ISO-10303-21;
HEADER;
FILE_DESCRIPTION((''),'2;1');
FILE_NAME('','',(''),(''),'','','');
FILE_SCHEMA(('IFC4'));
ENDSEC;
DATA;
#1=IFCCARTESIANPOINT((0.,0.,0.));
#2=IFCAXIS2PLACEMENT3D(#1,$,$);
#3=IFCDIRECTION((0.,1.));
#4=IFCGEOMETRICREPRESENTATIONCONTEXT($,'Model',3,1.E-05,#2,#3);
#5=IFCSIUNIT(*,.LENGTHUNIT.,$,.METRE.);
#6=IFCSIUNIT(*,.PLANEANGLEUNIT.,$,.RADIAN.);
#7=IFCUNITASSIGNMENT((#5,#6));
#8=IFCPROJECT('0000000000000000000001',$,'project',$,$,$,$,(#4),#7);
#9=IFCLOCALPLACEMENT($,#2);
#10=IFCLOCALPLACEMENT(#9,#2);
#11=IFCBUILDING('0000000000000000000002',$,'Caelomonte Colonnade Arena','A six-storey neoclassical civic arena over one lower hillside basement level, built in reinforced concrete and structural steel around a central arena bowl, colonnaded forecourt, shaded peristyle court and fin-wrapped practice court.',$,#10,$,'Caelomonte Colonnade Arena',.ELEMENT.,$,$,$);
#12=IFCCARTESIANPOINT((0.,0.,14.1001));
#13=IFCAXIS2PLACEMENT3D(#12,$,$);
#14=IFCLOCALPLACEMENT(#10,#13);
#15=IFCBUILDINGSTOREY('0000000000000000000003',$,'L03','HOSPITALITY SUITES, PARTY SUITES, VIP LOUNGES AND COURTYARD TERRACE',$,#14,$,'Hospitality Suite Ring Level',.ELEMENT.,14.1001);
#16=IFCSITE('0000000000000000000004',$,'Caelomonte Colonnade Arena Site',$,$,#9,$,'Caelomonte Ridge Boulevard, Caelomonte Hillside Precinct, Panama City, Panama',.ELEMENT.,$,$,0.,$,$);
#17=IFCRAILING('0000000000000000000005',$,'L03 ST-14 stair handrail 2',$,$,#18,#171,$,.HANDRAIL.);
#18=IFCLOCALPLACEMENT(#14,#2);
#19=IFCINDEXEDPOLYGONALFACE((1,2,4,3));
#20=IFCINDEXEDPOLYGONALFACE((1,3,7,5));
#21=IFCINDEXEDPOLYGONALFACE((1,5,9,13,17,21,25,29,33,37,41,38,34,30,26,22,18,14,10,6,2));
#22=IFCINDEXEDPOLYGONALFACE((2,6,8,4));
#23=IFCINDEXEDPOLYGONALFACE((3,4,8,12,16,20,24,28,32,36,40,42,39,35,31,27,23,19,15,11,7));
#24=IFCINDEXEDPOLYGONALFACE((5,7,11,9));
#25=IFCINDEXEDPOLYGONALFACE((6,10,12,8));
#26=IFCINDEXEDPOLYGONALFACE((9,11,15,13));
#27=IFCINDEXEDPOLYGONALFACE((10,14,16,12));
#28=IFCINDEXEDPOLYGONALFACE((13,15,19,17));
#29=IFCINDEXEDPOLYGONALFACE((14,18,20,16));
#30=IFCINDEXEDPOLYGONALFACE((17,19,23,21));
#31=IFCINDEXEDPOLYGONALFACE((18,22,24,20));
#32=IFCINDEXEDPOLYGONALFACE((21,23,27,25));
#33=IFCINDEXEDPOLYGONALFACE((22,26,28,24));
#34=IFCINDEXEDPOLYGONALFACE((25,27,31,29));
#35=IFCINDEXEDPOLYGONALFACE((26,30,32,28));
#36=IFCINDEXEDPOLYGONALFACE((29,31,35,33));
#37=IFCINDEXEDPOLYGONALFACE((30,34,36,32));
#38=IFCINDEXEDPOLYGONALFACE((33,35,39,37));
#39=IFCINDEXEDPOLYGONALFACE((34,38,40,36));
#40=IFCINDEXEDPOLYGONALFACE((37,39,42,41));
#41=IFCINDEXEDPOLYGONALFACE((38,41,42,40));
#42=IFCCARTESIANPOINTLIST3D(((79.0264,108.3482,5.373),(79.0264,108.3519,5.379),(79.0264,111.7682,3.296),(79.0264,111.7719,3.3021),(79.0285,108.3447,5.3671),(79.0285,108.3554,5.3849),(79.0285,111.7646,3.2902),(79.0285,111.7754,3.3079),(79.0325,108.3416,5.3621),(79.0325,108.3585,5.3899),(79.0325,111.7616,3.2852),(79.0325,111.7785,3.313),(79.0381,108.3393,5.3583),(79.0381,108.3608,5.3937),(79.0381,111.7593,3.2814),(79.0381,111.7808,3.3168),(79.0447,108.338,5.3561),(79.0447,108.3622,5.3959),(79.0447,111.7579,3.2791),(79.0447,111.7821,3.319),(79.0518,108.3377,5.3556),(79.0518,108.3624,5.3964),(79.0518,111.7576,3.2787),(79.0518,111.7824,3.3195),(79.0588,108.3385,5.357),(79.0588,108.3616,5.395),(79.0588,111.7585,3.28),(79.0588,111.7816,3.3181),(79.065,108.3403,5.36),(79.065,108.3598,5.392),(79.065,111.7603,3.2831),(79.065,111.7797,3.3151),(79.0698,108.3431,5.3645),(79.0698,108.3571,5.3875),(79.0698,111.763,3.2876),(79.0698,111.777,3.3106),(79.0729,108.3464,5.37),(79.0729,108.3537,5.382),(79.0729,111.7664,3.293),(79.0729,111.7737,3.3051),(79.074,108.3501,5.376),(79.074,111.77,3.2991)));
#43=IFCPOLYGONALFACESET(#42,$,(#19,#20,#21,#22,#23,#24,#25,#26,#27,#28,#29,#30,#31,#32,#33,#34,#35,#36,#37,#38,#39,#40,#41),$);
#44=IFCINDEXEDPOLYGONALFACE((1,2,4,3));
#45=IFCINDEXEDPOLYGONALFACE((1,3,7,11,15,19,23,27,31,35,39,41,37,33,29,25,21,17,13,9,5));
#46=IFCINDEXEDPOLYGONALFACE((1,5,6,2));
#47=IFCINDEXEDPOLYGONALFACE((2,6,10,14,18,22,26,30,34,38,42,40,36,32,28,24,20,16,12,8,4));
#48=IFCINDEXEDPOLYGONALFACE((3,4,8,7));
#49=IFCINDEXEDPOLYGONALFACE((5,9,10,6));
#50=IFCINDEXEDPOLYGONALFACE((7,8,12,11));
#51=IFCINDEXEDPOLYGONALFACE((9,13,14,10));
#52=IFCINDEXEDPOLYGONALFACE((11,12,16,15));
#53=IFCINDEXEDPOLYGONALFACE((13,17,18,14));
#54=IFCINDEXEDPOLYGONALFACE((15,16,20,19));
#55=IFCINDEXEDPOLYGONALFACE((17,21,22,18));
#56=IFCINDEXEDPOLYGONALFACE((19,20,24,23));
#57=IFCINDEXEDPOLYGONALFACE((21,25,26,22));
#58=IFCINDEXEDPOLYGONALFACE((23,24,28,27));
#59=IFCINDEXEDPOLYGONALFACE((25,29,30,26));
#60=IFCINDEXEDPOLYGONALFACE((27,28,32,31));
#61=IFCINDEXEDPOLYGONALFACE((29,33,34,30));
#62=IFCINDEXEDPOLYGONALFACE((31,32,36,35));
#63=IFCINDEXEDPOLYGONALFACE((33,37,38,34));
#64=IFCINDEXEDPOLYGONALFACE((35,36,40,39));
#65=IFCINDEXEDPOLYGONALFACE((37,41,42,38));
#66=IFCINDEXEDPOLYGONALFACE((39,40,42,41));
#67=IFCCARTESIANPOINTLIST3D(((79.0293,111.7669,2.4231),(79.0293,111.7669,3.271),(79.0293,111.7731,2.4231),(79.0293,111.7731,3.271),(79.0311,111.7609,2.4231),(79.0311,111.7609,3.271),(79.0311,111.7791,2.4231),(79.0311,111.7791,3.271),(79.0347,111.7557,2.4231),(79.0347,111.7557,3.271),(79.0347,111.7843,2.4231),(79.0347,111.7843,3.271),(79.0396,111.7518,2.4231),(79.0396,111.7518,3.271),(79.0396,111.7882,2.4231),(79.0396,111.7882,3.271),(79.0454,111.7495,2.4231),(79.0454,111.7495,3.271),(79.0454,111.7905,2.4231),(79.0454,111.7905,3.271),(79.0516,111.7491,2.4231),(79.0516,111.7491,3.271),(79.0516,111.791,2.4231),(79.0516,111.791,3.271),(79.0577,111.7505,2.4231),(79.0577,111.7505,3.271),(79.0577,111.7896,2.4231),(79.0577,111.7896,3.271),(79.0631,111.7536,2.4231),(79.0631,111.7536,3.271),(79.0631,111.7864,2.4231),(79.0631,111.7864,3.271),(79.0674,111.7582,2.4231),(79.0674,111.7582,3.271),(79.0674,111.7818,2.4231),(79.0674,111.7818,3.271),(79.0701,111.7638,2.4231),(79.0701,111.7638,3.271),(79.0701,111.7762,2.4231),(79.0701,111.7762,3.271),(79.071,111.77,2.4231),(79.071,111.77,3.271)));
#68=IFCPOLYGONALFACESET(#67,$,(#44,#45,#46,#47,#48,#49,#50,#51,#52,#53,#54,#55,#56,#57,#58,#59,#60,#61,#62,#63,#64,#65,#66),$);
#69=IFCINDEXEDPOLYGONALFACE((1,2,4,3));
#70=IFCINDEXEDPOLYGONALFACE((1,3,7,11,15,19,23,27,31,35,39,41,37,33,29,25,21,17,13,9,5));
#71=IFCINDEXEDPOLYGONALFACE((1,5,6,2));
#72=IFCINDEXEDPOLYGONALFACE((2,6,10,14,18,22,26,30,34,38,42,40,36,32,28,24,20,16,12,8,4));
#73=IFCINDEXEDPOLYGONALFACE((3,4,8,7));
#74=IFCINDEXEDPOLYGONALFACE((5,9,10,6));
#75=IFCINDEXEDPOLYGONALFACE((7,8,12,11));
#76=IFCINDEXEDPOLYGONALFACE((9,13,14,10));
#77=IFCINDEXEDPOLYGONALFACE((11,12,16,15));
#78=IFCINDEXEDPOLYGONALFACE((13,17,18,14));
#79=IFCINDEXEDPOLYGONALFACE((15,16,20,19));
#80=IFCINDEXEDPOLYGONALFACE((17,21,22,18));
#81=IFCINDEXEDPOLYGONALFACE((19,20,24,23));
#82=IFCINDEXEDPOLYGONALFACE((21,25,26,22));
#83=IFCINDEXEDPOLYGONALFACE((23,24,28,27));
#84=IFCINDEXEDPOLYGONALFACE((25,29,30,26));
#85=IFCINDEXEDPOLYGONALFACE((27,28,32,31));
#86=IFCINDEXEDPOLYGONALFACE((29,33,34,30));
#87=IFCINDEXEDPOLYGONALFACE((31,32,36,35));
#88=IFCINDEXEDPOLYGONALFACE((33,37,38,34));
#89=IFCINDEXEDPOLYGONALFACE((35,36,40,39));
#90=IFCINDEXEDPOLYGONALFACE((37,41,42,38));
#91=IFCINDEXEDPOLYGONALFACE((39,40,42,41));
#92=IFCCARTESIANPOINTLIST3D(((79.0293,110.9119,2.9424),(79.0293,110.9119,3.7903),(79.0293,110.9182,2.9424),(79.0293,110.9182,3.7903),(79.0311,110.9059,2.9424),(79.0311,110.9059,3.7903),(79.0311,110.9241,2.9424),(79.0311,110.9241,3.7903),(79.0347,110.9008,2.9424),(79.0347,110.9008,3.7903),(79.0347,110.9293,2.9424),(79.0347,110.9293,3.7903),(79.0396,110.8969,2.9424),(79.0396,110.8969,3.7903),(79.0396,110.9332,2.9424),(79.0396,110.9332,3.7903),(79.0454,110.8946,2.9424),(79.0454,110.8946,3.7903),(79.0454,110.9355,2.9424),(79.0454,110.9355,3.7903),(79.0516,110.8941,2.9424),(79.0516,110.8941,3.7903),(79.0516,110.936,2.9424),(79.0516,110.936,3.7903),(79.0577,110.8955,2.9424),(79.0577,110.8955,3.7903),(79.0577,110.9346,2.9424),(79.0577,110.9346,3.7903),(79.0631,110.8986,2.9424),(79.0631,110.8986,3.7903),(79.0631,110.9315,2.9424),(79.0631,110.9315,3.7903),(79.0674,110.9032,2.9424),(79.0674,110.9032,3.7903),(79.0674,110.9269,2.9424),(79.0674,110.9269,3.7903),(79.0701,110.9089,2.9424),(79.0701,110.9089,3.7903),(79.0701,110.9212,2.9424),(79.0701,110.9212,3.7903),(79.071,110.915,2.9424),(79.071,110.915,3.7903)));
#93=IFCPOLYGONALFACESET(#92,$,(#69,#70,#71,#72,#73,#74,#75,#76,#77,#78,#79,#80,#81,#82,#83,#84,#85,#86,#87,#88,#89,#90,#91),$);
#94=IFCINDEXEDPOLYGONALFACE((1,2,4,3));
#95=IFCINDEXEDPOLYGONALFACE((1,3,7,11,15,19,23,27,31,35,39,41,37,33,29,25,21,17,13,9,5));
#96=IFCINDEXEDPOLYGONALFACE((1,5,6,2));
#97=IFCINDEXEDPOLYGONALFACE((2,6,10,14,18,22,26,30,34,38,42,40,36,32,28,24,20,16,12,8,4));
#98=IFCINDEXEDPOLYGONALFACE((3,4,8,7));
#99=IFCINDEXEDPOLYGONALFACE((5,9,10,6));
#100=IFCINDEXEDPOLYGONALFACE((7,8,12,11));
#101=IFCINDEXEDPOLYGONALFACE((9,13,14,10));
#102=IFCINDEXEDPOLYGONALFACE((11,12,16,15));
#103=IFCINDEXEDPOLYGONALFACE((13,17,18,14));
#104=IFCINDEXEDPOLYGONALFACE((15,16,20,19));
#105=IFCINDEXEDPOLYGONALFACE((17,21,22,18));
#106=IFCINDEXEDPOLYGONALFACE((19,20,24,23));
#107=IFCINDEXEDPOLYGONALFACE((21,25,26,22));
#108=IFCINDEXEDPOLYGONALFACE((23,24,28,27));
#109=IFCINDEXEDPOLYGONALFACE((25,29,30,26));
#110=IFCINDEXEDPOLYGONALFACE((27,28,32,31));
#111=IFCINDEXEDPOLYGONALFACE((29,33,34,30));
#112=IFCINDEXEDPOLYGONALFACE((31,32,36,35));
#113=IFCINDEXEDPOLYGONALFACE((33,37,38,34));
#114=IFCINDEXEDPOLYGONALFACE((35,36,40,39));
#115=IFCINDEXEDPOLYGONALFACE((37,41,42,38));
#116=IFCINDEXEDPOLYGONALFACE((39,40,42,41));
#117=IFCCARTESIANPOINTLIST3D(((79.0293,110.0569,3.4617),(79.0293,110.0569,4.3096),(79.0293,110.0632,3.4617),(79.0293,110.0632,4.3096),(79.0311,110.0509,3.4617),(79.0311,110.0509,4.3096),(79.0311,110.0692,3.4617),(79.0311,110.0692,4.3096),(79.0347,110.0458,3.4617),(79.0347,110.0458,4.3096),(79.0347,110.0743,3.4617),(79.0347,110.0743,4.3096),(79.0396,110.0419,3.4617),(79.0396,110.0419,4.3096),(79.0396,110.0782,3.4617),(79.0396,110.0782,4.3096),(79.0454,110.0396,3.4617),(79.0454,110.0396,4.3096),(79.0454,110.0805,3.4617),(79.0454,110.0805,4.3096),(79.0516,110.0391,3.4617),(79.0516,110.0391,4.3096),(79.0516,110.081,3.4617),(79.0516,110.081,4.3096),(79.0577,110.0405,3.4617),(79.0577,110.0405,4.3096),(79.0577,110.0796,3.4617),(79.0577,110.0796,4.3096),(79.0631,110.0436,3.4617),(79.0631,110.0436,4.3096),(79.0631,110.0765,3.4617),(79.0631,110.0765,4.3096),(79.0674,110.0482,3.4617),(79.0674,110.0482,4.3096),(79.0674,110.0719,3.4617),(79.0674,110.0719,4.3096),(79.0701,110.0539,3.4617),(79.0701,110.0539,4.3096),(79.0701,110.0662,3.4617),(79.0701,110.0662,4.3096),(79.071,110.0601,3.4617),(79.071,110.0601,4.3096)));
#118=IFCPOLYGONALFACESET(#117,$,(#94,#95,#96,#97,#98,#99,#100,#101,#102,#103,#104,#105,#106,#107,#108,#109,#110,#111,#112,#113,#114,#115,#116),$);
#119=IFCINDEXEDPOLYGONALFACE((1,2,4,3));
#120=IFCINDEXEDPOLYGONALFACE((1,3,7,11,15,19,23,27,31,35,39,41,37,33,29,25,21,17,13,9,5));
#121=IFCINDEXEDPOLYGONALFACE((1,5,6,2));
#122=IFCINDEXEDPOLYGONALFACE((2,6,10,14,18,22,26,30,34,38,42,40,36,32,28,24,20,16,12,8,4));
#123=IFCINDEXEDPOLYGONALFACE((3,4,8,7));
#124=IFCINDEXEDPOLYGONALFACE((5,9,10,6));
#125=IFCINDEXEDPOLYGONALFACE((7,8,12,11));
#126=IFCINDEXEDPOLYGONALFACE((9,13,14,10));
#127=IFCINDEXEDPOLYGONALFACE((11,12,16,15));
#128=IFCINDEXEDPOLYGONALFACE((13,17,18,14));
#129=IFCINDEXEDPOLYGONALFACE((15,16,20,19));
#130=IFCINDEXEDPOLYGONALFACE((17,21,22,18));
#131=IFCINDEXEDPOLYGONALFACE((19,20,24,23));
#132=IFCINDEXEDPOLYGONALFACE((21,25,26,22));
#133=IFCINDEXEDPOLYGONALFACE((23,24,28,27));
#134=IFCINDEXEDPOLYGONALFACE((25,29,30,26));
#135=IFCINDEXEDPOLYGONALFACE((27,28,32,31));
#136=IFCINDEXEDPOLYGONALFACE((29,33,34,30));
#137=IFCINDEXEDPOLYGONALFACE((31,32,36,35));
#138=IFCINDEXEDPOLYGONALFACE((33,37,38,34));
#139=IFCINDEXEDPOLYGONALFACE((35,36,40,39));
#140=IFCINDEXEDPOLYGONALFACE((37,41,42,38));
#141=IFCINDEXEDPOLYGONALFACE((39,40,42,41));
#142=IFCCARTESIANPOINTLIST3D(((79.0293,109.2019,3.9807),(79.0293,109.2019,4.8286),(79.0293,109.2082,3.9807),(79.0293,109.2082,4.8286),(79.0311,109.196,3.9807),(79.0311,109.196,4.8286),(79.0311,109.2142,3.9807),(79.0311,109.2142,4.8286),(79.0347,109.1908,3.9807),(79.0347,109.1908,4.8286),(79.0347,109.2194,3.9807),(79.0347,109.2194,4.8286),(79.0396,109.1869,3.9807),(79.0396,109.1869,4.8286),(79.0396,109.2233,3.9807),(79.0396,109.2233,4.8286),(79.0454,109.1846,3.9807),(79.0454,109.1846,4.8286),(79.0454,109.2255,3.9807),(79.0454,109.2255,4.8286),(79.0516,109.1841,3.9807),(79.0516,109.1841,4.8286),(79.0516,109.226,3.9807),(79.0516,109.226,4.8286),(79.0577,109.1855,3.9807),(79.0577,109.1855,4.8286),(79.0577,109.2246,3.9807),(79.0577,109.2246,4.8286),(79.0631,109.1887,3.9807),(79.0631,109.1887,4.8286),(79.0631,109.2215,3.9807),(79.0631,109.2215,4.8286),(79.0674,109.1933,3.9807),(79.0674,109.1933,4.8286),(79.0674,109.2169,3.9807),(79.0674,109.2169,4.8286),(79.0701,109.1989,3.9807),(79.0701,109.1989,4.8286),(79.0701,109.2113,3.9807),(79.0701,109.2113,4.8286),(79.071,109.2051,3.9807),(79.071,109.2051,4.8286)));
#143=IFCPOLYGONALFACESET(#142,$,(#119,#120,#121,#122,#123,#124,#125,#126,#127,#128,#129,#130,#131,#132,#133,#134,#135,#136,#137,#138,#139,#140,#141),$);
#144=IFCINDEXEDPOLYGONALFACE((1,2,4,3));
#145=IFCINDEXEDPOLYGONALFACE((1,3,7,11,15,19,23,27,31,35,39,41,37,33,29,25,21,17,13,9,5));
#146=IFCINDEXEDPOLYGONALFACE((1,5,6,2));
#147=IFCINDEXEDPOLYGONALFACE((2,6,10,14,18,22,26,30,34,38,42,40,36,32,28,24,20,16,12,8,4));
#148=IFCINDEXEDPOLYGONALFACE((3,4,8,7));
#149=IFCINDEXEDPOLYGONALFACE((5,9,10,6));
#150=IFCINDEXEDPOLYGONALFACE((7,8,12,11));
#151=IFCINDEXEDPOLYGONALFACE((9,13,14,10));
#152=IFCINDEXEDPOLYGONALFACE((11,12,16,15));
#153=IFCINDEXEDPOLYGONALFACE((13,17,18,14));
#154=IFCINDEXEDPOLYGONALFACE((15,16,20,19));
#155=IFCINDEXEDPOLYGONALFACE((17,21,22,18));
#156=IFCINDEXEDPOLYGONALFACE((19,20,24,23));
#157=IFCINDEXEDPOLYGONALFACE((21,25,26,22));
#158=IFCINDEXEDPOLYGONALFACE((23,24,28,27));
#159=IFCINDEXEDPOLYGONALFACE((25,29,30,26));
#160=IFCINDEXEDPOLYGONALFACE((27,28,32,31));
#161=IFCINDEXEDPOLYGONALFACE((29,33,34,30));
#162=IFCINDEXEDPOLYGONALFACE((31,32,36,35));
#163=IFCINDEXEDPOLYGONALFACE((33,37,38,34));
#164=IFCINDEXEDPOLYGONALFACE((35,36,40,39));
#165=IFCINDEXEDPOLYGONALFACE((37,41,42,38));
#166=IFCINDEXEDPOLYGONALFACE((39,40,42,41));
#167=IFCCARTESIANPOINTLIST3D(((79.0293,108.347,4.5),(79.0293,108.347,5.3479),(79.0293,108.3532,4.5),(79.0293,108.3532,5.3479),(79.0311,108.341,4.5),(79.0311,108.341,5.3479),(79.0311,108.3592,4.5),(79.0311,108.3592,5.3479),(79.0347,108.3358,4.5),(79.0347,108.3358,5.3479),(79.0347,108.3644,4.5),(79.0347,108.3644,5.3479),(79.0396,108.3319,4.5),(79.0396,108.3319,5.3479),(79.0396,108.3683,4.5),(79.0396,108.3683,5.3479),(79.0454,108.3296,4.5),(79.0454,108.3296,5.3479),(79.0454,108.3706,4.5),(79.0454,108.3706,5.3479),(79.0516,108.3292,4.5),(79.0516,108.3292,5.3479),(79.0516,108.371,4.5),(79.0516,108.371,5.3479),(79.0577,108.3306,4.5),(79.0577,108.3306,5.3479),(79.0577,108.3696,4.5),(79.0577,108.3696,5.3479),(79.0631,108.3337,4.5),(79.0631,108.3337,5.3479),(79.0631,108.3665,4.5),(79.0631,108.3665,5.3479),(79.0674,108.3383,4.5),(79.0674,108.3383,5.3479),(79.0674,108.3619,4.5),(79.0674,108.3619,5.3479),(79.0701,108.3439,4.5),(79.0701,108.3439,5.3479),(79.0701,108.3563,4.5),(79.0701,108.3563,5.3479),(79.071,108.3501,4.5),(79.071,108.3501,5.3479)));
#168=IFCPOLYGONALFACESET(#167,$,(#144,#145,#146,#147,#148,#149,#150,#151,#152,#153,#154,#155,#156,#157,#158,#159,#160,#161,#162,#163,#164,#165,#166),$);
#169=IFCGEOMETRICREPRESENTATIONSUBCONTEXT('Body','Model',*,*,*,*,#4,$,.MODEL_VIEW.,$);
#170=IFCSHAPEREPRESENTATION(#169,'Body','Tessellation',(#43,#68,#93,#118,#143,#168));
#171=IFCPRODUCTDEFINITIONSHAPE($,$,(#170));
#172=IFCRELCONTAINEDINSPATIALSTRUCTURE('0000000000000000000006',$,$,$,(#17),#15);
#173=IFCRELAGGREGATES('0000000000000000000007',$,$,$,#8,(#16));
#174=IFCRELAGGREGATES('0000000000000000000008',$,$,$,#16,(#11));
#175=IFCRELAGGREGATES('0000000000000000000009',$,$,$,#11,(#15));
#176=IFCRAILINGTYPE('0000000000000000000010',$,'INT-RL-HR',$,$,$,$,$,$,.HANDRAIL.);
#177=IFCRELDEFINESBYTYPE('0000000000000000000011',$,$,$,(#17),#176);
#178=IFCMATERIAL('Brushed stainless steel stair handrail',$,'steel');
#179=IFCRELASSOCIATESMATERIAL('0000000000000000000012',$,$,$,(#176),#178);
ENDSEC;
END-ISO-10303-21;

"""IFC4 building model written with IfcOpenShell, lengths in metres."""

from ifc_helpers import new_model, si_unit, direction, frame, origin, origin_2d, place, context, subcontext, project, spatial, circle, extrude, material, type_object, element, save


model = new_model("IFC4")

# Units and contexts
model_context = context("Model", 3, precision=1e-05, world=origin(), true_north=direction((0.0, 1.0)))
body_context = subcontext(model_context, "Body", "Model", "MODEL_VIEW")
ifc_project = project(units=[si_unit("LENGTHUNIT", "METRE"), si_unit("PLANEANGLEUNIT", "RADIAN")], contexts=[model_context])

# Site, building, storey
site_placement = place(None, origin())
site = spatial("IfcSite", under=ifc_project, at=site_placement, Name="Caelomonte Colonnade Arena Site", LongName="Caelomonte Ridge Boulevard, Caelomonte Hillside Precinct, Panama City, Panama", CompositionType="ELEMENT", RefElevation=0.0)
building_placement = place(site_placement, origin())
building = spatial("IfcBuilding", under=site, at=building_placement, Name="Caelomonte Colonnade Arena", Description="A six-storey neoclassical civic arena over one lower hillside basement level, built in reinforced concrete and structural steel around a central arena bowl, colonnaded forecourt, shaded peristyle court and fin-wrapped practice court.", LongName="Caelomonte Colonnade Arena", CompositionType="ELEMENT")
storey_placement = place(building_placement, frame((0.0, 0.0, 14.1001)))
storey = spatial("IfcBuildingStorey", under=building, at=storey_placement, Name="L03", Description="HOSPITALITY SUITES, PARTY SUITES, VIP LOUNGES AND COURTYARD TERRACE", LongName="Hospitality Suite Ring Level", CompositionType="ELEMENT", Elevation=14.1001)

# Railing
ifc_material_1 = material(Name="Brushed stainless steel stair handrail", Category="steel")
railing_type_1 = type_object("IfcRailingType", Name="INT-RL-HR", PredefinedType="HANDRAIL", material=ifc_material_1)
railing_1_placement = place(storey_placement, frame((79.05, 111.77, 2.4231)))
element("IfcRailing", 1, at=railing_1_placement, inside=storey, type_object=railing_type_1, Name="L03 ST-14 stair handrail 2", PredefinedType="HANDRAIL", context=body_context, shape_type="SweptSolid", body=[
    extrude(circle(Radius=0.0239, at=origin_2d()), frame((0.0, 0.0, 0.876), z_axis=(0.0, -0.85473, 0.519074), x_axis=(1.0, 0.0, 0.0)), (0.0, 0.0, 1.0), 4.0012),
    extrude(circle(Radius=0.021, at=origin_2d()), origin(), (0.0, 0.0, 1.0), 0.8479),
    extrude(circle(Radius=0.021, at=origin_2d()), frame((0.0, -0.855, 0.5193)), (0.0, 0.0, 1.0), 0.8479),
    extrude(circle(Radius=0.021, at=origin_2d()), frame((0.0, -1.71, 1.0386)), (0.0, 0.0, 1.0), 0.8479),
    extrude(circle(Radius=0.021, at=origin_2d()), frame((0.0, -2.5649, 1.5576)), (0.0, 0.0, 1.0), 0.8479),
    extrude(circle(Radius=0.021, at=origin_2d()), frame((0.0, -3.4199, 2.0769)), (0.0, 0.0, 1.0), 0.8479),
])

save(model, "model.ifc")
